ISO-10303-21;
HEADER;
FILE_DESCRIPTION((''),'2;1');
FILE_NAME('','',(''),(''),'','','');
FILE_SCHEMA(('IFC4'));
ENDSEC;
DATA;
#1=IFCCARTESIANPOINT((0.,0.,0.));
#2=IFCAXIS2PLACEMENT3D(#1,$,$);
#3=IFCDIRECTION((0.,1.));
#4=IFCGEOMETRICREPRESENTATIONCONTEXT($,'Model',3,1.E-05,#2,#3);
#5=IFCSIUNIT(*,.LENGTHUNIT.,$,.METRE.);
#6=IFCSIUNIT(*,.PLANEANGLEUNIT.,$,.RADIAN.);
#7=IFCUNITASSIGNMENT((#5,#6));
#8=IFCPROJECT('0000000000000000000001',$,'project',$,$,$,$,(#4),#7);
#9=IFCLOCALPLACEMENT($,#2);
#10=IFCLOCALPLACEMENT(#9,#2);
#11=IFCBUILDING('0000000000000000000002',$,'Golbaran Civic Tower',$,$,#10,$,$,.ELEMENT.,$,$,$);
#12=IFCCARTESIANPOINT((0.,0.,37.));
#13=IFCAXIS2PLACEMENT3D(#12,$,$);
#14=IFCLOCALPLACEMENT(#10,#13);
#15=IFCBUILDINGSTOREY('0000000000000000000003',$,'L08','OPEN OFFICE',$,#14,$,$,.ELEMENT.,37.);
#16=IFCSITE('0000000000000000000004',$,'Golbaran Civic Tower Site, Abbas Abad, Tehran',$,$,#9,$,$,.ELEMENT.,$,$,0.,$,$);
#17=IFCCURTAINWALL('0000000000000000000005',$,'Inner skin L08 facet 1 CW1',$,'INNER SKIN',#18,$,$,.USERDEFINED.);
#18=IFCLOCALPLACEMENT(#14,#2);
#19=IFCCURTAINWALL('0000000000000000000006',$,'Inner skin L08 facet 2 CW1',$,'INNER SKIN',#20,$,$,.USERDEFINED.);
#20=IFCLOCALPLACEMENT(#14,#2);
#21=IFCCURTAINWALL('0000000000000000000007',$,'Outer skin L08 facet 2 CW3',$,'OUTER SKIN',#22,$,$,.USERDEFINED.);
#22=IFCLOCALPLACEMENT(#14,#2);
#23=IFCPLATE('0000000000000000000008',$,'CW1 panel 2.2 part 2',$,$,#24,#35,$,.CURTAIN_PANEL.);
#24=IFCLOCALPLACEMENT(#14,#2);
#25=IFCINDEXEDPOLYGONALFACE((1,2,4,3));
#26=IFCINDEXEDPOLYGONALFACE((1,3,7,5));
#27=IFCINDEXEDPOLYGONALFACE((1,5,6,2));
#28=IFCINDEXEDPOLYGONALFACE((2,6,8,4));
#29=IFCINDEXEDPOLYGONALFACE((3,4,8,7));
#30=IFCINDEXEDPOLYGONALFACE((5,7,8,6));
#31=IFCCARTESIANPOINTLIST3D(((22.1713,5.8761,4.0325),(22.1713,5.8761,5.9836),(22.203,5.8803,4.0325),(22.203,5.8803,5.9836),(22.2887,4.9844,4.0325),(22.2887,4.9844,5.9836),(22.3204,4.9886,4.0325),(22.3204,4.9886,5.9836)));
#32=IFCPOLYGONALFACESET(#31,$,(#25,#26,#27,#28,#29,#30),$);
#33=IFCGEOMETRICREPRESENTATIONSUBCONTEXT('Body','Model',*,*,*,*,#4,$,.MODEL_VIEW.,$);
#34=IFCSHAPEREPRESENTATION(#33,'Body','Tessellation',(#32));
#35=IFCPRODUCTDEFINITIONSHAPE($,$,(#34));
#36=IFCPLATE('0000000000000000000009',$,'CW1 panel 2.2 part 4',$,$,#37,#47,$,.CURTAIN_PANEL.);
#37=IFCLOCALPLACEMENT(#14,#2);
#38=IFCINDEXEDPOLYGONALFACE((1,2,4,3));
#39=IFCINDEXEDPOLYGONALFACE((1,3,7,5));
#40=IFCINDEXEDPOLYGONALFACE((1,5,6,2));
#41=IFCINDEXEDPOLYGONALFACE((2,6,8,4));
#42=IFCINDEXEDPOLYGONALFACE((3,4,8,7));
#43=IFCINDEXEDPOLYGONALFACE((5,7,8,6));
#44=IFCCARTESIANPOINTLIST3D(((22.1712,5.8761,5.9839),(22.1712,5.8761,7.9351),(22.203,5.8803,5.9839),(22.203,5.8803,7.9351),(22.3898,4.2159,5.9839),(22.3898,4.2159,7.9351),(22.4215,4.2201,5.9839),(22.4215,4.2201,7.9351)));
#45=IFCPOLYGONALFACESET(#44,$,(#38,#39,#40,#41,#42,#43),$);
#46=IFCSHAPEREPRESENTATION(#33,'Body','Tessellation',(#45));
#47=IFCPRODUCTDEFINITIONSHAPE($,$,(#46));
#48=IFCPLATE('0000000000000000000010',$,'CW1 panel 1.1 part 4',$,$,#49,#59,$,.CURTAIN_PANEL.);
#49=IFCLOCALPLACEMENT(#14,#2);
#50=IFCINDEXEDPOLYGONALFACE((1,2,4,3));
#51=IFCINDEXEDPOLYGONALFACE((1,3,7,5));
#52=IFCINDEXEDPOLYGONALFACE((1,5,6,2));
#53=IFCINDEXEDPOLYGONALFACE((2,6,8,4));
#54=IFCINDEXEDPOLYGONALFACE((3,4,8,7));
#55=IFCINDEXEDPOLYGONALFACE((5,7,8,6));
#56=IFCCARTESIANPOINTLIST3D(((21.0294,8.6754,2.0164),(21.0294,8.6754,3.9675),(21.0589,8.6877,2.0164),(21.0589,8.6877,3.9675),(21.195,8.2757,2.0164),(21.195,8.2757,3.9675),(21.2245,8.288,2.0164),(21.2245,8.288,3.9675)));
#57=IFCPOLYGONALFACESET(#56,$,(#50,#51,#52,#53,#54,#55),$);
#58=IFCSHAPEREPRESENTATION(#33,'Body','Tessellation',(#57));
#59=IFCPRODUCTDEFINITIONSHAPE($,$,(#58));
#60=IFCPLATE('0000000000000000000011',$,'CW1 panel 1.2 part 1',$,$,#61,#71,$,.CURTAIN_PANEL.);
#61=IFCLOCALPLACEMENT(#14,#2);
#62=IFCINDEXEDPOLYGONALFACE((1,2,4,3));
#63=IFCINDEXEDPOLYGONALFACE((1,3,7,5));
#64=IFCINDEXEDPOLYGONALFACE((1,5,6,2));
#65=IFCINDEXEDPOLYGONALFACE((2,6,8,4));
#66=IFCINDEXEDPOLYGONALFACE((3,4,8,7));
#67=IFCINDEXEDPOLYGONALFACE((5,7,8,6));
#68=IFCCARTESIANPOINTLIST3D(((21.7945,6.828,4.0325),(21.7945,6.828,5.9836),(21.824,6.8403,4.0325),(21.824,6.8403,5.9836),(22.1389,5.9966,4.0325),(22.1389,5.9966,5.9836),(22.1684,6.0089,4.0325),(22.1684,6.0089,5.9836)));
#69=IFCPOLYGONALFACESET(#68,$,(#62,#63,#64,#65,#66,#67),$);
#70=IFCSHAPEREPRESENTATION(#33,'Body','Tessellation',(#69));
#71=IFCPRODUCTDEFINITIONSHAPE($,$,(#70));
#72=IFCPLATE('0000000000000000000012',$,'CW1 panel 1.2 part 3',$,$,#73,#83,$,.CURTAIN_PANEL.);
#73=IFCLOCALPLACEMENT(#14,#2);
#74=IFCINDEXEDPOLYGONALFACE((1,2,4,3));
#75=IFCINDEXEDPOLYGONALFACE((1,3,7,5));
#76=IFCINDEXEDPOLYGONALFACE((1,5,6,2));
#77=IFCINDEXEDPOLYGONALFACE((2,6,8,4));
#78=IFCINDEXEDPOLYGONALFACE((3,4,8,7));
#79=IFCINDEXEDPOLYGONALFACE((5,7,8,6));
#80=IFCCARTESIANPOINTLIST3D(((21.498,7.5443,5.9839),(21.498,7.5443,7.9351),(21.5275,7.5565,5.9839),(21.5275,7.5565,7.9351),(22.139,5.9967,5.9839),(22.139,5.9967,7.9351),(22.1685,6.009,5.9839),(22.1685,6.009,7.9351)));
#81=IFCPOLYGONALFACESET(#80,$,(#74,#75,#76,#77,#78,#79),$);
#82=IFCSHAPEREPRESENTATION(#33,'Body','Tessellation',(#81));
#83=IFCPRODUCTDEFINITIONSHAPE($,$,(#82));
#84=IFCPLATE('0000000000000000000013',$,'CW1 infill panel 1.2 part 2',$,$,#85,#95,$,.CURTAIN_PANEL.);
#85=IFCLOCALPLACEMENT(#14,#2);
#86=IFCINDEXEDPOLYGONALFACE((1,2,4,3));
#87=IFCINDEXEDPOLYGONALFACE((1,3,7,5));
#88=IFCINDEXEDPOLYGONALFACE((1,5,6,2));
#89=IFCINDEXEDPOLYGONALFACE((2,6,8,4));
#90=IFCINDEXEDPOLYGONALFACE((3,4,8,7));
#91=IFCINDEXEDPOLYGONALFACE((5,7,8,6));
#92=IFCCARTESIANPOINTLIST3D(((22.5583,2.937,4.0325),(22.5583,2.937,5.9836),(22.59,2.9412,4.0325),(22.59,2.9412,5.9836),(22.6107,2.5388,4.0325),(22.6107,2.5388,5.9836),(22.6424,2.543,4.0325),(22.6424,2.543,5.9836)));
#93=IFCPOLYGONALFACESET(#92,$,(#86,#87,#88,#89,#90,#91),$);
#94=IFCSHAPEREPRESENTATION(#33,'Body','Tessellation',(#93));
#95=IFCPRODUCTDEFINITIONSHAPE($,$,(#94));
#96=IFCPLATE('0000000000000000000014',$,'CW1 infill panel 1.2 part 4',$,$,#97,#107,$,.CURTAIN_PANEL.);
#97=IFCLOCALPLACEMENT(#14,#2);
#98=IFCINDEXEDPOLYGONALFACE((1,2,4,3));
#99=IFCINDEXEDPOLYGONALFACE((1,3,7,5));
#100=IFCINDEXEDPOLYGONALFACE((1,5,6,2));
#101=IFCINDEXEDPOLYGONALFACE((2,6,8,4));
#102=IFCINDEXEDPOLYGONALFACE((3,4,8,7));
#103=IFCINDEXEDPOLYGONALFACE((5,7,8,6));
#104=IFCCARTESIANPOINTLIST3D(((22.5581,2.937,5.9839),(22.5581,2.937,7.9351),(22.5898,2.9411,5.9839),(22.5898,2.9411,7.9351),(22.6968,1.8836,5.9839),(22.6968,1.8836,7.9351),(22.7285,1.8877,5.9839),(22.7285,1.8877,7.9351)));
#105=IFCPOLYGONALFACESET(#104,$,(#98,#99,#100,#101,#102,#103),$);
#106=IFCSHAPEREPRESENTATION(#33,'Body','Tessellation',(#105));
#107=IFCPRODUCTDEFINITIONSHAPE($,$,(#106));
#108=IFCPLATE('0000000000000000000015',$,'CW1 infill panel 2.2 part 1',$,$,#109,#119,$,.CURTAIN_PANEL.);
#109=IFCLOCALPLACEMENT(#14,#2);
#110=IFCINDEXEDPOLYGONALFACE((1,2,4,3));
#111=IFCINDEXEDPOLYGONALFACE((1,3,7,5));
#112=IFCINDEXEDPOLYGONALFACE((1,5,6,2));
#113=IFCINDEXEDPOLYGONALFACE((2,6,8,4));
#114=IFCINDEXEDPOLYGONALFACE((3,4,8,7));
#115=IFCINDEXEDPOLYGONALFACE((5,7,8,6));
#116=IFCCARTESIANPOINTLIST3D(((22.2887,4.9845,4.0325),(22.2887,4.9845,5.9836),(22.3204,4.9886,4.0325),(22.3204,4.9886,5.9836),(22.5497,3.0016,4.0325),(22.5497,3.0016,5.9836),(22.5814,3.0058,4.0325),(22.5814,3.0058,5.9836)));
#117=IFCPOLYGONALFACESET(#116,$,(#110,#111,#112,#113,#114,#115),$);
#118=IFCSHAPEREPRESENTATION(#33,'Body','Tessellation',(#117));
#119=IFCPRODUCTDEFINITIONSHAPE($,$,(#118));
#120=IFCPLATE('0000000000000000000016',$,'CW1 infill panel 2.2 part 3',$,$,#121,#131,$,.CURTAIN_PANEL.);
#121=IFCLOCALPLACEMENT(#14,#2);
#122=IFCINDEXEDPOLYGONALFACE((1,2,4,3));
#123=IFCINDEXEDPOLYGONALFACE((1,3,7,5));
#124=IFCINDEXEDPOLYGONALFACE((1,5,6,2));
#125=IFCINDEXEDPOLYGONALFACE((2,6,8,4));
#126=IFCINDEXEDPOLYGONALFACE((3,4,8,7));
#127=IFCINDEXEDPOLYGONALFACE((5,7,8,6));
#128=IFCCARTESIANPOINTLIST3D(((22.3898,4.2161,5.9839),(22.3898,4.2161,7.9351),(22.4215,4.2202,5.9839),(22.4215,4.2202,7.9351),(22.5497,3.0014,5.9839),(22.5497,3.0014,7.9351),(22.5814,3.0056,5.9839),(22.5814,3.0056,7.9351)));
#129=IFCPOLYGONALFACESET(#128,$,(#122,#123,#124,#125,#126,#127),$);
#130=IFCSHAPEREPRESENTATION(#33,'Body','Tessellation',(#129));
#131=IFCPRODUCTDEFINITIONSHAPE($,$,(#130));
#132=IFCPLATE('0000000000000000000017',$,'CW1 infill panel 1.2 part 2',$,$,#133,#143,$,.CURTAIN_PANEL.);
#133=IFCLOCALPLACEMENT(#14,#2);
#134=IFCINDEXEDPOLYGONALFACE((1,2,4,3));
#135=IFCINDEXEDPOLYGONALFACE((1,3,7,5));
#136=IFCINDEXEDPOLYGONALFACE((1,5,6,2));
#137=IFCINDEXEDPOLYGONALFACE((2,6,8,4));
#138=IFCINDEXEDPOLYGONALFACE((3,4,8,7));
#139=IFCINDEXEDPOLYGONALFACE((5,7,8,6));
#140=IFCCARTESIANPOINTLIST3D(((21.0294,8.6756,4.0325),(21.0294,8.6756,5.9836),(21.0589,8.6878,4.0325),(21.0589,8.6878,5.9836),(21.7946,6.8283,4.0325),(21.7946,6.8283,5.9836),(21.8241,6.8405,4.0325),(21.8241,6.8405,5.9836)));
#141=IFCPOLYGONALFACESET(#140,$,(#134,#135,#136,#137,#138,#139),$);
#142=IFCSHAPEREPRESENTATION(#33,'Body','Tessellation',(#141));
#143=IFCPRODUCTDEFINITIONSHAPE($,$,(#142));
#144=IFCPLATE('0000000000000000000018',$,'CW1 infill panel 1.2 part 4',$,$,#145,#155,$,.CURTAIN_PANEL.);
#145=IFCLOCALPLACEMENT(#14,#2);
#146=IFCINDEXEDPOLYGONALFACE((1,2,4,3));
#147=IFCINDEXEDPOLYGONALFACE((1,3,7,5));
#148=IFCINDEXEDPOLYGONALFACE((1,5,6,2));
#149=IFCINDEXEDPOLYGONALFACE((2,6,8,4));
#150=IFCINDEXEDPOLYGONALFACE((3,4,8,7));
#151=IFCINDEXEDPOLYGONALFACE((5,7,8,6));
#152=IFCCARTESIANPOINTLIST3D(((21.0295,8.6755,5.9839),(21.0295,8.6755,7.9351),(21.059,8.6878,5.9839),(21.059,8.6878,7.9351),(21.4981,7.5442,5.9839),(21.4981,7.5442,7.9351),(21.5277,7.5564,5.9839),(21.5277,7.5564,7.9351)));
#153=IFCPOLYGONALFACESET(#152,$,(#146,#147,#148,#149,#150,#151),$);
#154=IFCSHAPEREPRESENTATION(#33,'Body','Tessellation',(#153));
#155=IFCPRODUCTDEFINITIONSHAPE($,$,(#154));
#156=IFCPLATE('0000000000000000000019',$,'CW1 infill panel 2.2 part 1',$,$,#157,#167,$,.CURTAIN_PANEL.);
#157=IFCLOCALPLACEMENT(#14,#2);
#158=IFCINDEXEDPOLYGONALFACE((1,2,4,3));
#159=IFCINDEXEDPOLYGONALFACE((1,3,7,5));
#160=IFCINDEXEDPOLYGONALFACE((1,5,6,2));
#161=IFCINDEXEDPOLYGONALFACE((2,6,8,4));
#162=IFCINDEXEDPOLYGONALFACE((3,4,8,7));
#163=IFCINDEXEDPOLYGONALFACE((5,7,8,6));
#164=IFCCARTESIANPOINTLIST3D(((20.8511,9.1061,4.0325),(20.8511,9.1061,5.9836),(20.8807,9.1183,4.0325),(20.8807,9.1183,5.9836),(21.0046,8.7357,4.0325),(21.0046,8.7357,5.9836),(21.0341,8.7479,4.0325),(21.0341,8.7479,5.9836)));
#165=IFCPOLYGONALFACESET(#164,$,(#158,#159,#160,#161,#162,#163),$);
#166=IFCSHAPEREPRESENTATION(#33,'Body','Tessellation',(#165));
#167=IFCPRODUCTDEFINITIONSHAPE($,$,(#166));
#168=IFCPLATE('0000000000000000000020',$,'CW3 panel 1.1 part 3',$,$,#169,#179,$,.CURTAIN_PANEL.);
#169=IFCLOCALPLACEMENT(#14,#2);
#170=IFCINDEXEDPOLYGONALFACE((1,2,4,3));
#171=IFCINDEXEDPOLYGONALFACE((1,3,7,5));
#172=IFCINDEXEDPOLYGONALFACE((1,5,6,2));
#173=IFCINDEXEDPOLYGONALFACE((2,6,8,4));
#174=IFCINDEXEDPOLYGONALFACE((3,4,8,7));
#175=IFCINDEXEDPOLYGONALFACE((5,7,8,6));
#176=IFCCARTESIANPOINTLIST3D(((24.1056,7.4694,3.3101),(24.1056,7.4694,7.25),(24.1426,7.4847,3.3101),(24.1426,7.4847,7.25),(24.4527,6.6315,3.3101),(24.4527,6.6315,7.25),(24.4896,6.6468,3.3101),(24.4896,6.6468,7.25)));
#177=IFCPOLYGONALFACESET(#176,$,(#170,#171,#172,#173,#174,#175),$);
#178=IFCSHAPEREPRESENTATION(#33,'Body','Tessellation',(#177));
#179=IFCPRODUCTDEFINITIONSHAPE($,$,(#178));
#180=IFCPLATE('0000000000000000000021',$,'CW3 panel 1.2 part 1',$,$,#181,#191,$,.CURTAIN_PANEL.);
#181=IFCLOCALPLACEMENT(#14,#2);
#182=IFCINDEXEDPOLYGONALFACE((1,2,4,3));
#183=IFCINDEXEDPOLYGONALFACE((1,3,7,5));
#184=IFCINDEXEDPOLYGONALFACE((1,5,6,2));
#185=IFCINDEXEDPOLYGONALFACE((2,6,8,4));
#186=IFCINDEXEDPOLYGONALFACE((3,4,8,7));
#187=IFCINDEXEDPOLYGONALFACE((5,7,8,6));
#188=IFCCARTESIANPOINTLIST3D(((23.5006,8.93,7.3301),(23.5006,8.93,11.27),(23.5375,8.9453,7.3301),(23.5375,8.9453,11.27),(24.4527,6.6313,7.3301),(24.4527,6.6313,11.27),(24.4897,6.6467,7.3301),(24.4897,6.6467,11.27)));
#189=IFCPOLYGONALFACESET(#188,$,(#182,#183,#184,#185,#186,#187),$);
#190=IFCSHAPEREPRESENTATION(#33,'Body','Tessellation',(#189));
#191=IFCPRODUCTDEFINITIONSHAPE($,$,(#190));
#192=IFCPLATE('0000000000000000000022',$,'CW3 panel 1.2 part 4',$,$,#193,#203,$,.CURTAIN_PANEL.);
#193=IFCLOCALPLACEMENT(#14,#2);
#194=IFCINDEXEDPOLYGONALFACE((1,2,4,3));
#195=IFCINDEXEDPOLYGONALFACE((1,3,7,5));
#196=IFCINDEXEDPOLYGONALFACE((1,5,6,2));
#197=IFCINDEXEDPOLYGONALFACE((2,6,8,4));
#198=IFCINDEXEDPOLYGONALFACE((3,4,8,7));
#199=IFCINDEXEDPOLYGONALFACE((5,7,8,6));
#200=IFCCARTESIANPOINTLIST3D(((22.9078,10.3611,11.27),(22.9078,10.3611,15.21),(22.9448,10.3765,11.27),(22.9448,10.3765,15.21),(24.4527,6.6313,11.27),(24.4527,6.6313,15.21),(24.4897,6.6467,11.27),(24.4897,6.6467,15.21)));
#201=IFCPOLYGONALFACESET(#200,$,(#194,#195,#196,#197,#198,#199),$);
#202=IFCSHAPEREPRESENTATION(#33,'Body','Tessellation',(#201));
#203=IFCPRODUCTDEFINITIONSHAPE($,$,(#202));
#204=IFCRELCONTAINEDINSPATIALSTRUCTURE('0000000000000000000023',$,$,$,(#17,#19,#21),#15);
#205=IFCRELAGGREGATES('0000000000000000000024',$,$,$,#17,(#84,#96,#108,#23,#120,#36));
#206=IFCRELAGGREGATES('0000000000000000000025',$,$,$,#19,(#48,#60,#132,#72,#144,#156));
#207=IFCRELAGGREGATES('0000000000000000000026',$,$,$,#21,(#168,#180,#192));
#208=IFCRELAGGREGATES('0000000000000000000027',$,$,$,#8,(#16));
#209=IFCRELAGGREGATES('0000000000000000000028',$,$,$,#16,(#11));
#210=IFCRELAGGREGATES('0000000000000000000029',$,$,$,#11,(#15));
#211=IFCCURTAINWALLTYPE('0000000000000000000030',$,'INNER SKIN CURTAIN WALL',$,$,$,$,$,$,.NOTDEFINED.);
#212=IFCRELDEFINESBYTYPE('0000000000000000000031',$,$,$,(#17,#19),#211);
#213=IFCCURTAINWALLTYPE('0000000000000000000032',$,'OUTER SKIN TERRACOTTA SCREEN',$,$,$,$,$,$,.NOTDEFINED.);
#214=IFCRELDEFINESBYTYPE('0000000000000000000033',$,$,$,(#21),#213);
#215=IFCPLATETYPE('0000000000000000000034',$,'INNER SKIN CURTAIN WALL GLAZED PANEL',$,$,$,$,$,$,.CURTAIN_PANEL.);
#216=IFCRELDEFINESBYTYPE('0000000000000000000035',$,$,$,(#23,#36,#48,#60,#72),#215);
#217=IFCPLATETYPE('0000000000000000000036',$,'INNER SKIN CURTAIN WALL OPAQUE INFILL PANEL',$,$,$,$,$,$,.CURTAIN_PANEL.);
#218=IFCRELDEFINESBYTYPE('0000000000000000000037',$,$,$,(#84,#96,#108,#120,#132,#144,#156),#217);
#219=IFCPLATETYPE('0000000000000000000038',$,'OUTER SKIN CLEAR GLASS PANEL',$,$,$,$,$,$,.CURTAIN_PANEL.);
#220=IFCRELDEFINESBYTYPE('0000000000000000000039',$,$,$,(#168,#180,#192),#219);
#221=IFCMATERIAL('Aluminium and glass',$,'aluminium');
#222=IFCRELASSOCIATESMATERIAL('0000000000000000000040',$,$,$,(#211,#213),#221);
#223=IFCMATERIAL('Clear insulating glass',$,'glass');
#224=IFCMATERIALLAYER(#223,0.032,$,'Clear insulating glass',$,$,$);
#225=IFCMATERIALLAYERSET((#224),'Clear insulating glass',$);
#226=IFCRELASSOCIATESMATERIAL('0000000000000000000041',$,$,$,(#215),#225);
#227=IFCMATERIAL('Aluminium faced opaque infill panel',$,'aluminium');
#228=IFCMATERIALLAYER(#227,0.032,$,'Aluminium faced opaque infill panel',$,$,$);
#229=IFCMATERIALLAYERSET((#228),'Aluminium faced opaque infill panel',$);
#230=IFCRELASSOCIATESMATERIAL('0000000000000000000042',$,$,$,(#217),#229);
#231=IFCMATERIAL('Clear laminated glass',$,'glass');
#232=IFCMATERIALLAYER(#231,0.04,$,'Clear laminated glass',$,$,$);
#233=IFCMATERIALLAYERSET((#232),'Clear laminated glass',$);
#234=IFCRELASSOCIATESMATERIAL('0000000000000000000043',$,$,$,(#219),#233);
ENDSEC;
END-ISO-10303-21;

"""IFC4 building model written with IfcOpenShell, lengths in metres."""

from ifc_helpers import new_model, si_unit, direction, frame, origin, origin_2d, place, context, subcontext, project, spatial, rectangle, extrude, material, layer, layer_set, type_object, element, aggregate, save


model = new_model("IFC4")

# Units and contexts
model_context = context("Model", 3, precision=1e-05, world=origin(), true_north=direction((0.0, 1.0)))
body_context = subcontext(model_context, "Body", "Model", "MODEL_VIEW")
ifc_project = project(units=[si_unit("LENGTHUNIT", "METRE"), si_unit("PLANEANGLEUNIT", "RADIAN")], contexts=[model_context])

# Site, building, storey
site_placement = place(None, origin())
site = spatial("IfcSite", under=ifc_project, at=site_placement, Name="Golbaran Civic Tower Site, Abbas Abad, Tehran", CompositionType="ELEMENT", RefElevation=0.0)
building_placement = place(site_placement, origin())
building = spatial("IfcBuilding", under=site, at=building_placement, Name="Golbaran Civic Tower", CompositionType="ELEMENT")
storey_placement = place(building_placement, frame((0.0, 0.0, 37.0)))
storey = spatial("IfcBuildingStorey", under=building, at=storey_placement, Name="L08", Description="OPEN OFFICE", CompositionType="ELEMENT", Elevation=37.0)

# Curtain walls
ifc_material_1 = material(Name="Aluminium and glass", Category="aluminium")
curtain_wall_type_1 = type_object("IfcCurtainWallType", Name="INNER SKIN CURTAIN WALL", PredefinedType="NOTDEFINED", material=ifc_material_1)
curtain_wall_1_placement = place(storey_placement, origin())
curtain_wall_1 = element("IfcCurtainWall", 1, at=curtain_wall_1_placement, inside=storey, type_object=curtain_wall_type_1, Name="Inner skin L08 facet 1 CW1", ObjectType="INNER SKIN", PredefinedType="USERDEFINED")
curtain_wall_2_placement = place(storey_placement, origin())
curtain_wall_2 = element("IfcCurtainWall", 2, at=curtain_wall_2_placement, inside=storey, type_object=curtain_wall_type_1, Name="Inner skin L08 facet 2 CW1", ObjectType="INNER SKIN", PredefinedType="USERDEFINED")
curtain_wall_type_2 = type_object("IfcCurtainWallType", Name="OUTER SKIN TERRACOTTA SCREEN", PredefinedType="NOTDEFINED", material=ifc_material_1)
curtain_wall_3_placement = place(storey_placement, origin())
curtain_wall_3 = element("IfcCurtainWall", 3, at=curtain_wall_3_placement, inside=storey, type_object=curtain_wall_type_2, Name="Outer skin L08 facet 2 CW3", ObjectType="OUTER SKIN", PredefinedType="USERDEFINED")

# Plates
ifc_material_2 = material(Name="Clear insulating glass", Category="glass")
ifc_layer_1 = layer(ifc_material_2, 0.032, Name="Clear insulating glass")
ifc_layer_set_1 = layer_set([ifc_layer_1], Name="Clear insulating glass")
plate_type_1 = type_object("IfcPlateType", Name="INNER SKIN CURTAIN WALL GLAZED PANEL", PredefinedType="CURTAIN_PANEL", material=ifc_layer_set_1)
plate_1_placement = place(storey_placement, frame((22.2458, 5.4324, 4.0325), z_axis=(0.0, 0.0, 1.0), x_axis=(-0.130526, 0.991445, 0.0)))
plate_1 = element("IfcPlate", 4, at=plate_1_placement, type_object=plate_type_1, Name="CW1 panel 2.2 part 2", PredefinedType="CURTAIN_PANEL", context=body_context, shape_type="SweptSolid", body=[
    extrude(rectangle(XDim=0.8994, YDim=0.032, at=origin_2d()), origin(), (0.0, 0.0, 1.0), 1.9512),
])
plate_2_placement = place(storey_placement, frame((22.2964, 5.0481, 5.9839), z_axis=(0.0, 0.0, 1.0), x_axis=(-0.130526, 0.991445, 0.0)))
plate_2 = element("IfcPlate", 5, at=plate_2_placement, type_object=plate_type_1, Name="CW1 panel 2.2 part 4", PredefinedType="CURTAIN_PANEL", context=body_context, shape_type="SweptSolid", body=[
    extrude(rectangle(XDim=1.6746, YDim=0.032, at=origin_2d()), origin(), (0.0, 0.0, 1.0), 1.9512),
])
plate_3_placement = place(storey_placement, frame((21.127, 8.4817, 2.0164), z_axis=(0.0, 0.0, 1.0), x_axis=(-0.382683, 0.92388, 0.0)))
plate_3 = element("IfcPlate", 6, at=plate_3_placement, type_object=plate_type_1, Name="CW1 panel 1.1 part 4", PredefinedType="CURTAIN_PANEL", context=body_context, shape_type="SweptSolid", body=[
    extrude(rectangle(XDim=0.4326, YDim=0.032, at=origin_2d()), origin(), (0.0, 0.0, 1.0), 1.9512),
])
plate_4_placement = place(storey_placement, frame((21.9814, 6.4185, 4.0325), z_axis=(0.0, 0.0, 1.0), x_axis=(-0.382683, 0.92388, 0.0)))
plate_4 = element("IfcPlate", 7, at=plate_4_placement, type_object=plate_type_1, Name="CW1 panel 1.2 part 1", PredefinedType="CURTAIN_PANEL", context=body_context, shape_type="SweptSolid", body=[
    extrude(rectangle(XDim=0.8999, YDim=0.032, at=origin_2d()), origin(), (0.0, 0.0, 1.0), 1.9512),
])
plate_5_placement = place(storey_placement, frame((21.8333, 6.7766, 5.9839), z_axis=(0.0, 0.0, 1.0), x_axis=(-0.382683, 0.92388, 0.0)))
plate_5 = element("IfcPlate", 8, at=plate_5_placement, type_object=plate_type_1, Name="CW1 panel 1.2 part 3", PredefinedType="CURTAIN_PANEL", context=body_context, shape_type="SweptSolid", body=[
    extrude(rectangle(XDim=1.675, YDim=0.032, at=origin_2d()), origin(), (0.0, 0.0, 1.0), 1.9512),
])
ifc_material_3 = material(Name="Aluminium faced opaque infill panel", Category="aluminium")
ifc_layer_2 = layer(ifc_material_3, 0.032, Name="Aluminium faced opaque infill panel")
ifc_layer_set_2 = layer_set([ifc_layer_2], Name="Aluminium faced opaque infill panel")
plate_type_2 = type_object("IfcPlateType", Name="INNER SKIN CURTAIN WALL OPAQUE INFILL PANEL", PredefinedType="CURTAIN_PANEL", material=ifc_layer_set_2)
plate_6_placement = place(storey_placement, frame((22.6003, 2.74, 4.0325), z_axis=(0.0, 0.0, 1.0), x_axis=(-0.130526, 0.991445, 0.0)))
plate_6 = element("IfcPlate", 9, at=plate_6_placement, type_object=plate_type_2, Name="CW1 infill panel 1.2 part 2", PredefinedType="CURTAIN_PANEL", context=body_context, shape_type="SweptSolid", body=[
    extrude(rectangle(XDim=0.4016, YDim=0.032, at=origin_2d()), origin(), (0.0, 0.0, 1.0), 1.9512),
])
plate_7_placement = place(storey_placement, frame((22.6433, 2.4124, 5.9839), z_axis=(0.0, 0.0, 1.0), x_axis=(-0.130526, 0.991445, 0.0)))
plate_7 = element("IfcPlate", 10, at=plate_7_placement, type_object=plate_type_2, Name="CW1 infill panel 1.2 part 4", PredefinedType="CURTAIN_PANEL", context=body_context, shape_type="SweptSolid", body=[
    extrude(rectangle(XDim=1.0625, YDim=0.032, at=origin_2d()), origin(), (0.0, 0.0, 1.0), 1.9512),
])
plate_8_placement = place(storey_placement, frame((22.4351, 3.9951, 4.0325), z_axis=(0.0, 0.0, 1.0), x_axis=(-0.130526, 0.991445, 0.0)))
plate_8 = element("IfcPlate", 11, at=plate_8_placement, type_object=plate_type_2, Name="CW1 infill panel 2.2 part 1", PredefinedType="CURTAIN_PANEL", context=body_context, shape_type="SweptSolid", body=[
    extrude(rectangle(XDim=2.0, YDim=0.032, at=origin_2d()), origin(), (0.0, 0.0, 1.0), 1.9512),
])
plate_9_placement = place(storey_placement, frame((22.4856, 3.6108, 5.9839), z_axis=(0.0, 0.0, 1.0), x_axis=(-0.130526, 0.991445, 0.0)))
plate_9 = element("IfcPlate", 12, at=plate_9_placement, type_object=plate_type_2, Name="CW1 infill panel 2.2 part 3", PredefinedType="CURTAIN_PANEL", context=body_context, shape_type="SweptSolid", body=[
    extrude(rectangle(XDim=1.2251, YDim=0.032, at=origin_2d()), origin(), (0.0, 0.0, 1.0), 1.9512),
])
aggregate(curtain_wall_1, [plate_6, plate_7, plate_8, plate_1, plate_9, plate_2])
plate_10_placement = place(storey_placement, frame((21.4268, 7.7581, 4.0325), z_axis=(0.0, 0.0, 1.0), x_axis=(-0.382683, 0.92388, 0.0)))
plate_10 = element("IfcPlate", 13, at=plate_10_placement, type_object=plate_type_2, Name="CW1 infill panel 1.2 part 2", PredefinedType="CURTAIN_PANEL", context=body_context, shape_type="SweptSolid", body=[
    extrude(rectangle(XDim=1.9995, YDim=0.032, at=origin_2d()), origin(), (0.0, 0.0, 1.0), 1.9512),
])
plate_11_placement = place(storey_placement, frame((21.2786, 8.116, 5.9839), z_axis=(0.0, 0.0, 1.0), x_axis=(-0.382683, 0.92388, 0.0)))
plate_11 = element("IfcPlate", 14, at=plate_11_placement, type_object=plate_type_2, Name="CW1 infill panel 1.2 part 4", PredefinedType="CURTAIN_PANEL", context=body_context, shape_type="SweptSolid", body=[
    extrude(rectangle(XDim=1.2246, YDim=0.032, at=origin_2d()), origin(), (0.0, 0.0, 1.0), 1.9512),
])
plate_12_placement = place(storey_placement, frame((20.9426, 8.927, 4.0325), z_axis=(0.0, 0.0, 1.0), x_axis=(-0.382683, 0.92388, 0.0)))
plate_12 = element("IfcPlate", 15, at=plate_12_placement, type_object=plate_type_2, Name="CW1 infill panel 2.2 part 1", PredefinedType="CURTAIN_PANEL", context=body_context, shape_type="SweptSolid", body=[
    extrude(rectangle(XDim=0.4009, YDim=0.032, at=origin_2d()), origin(), (0.0, 0.0, 1.0), 1.9512),
])
aggregate(curtain_wall_2, [plate_3, plate_4, plate_10, plate_5, plate_11, plate_12])
ifc_material_4 = material(Name="Clear laminated glass", Category="glass")
ifc_layer_3 = layer(ifc_material_4, 0.04, Name="Clear laminated glass")
ifc_layer_set_3 = layer_set([ifc_layer_3], Name="Clear laminated glass")
plate_type_3 = type_object("IfcPlateType", Name="OUTER SKIN CLEAR GLASS PANEL", PredefinedType="CURTAIN_PANEL", material=ifc_layer_set_3)
plate_13_placement = place(storey_placement, frame((24.2976, 7.0581, 3.3101), z_axis=(0.0, 0.0, 1.0), x_axis=(-0.382683, 0.92388, 0.0)))
plate_13 = element("IfcPlate", 16, at=plate_13_placement, type_object=plate_type_3, Name="CW3 panel 1.1 part 3", PredefinedType="CURTAIN_PANEL", context=body_context, shape_type="SweptSolid", body=[
    extrude(rectangle(XDim=0.907, YDim=0.04, at=origin_2d()), origin(), (0.0, 0.0, 1.0), 3.9399),
])
plate_14_placement = place(storey_placement, frame((23.9951, 7.7883, 7.3301), z_axis=(0.0, 0.0, 1.0), x_axis=(-0.382683, 0.92388, 0.0)))
plate_14 = element("IfcPlate", 17, at=plate_14_placement, type_object=plate_type_3, Name="CW3 panel 1.2 part 1", PredefinedType="CURTAIN_PANEL", context=body_context, shape_type="SweptSolid", body=[
    extrude(rectangle(XDim=2.488, YDim=0.04, at=origin_2d()), origin(), (0.0, 0.0, 1.0), 3.9399),
])
plate_15_placement = place(storey_placement, frame((23.6987, 8.5039, 11.27), z_axis=(0.0, 0.0, 1.0), x_axis=(-0.382683, 0.92388, 0.0)))
plate_15 = element("IfcPlate", 18, at=plate_15_placement, type_object=plate_type_3, Name="CW3 panel 1.2 part 4", PredefinedType="CURTAIN_PANEL", context=body_context, shape_type="SweptSolid", body=[
    extrude(rectangle(XDim=4.0371, YDim=0.04, at=origin_2d()), origin(), (0.0, 0.0, 1.0), 3.9399),
])
aggregate(curtain_wall_3, [plate_13, plate_14, plate_15])

save(model, "model.ifc")
